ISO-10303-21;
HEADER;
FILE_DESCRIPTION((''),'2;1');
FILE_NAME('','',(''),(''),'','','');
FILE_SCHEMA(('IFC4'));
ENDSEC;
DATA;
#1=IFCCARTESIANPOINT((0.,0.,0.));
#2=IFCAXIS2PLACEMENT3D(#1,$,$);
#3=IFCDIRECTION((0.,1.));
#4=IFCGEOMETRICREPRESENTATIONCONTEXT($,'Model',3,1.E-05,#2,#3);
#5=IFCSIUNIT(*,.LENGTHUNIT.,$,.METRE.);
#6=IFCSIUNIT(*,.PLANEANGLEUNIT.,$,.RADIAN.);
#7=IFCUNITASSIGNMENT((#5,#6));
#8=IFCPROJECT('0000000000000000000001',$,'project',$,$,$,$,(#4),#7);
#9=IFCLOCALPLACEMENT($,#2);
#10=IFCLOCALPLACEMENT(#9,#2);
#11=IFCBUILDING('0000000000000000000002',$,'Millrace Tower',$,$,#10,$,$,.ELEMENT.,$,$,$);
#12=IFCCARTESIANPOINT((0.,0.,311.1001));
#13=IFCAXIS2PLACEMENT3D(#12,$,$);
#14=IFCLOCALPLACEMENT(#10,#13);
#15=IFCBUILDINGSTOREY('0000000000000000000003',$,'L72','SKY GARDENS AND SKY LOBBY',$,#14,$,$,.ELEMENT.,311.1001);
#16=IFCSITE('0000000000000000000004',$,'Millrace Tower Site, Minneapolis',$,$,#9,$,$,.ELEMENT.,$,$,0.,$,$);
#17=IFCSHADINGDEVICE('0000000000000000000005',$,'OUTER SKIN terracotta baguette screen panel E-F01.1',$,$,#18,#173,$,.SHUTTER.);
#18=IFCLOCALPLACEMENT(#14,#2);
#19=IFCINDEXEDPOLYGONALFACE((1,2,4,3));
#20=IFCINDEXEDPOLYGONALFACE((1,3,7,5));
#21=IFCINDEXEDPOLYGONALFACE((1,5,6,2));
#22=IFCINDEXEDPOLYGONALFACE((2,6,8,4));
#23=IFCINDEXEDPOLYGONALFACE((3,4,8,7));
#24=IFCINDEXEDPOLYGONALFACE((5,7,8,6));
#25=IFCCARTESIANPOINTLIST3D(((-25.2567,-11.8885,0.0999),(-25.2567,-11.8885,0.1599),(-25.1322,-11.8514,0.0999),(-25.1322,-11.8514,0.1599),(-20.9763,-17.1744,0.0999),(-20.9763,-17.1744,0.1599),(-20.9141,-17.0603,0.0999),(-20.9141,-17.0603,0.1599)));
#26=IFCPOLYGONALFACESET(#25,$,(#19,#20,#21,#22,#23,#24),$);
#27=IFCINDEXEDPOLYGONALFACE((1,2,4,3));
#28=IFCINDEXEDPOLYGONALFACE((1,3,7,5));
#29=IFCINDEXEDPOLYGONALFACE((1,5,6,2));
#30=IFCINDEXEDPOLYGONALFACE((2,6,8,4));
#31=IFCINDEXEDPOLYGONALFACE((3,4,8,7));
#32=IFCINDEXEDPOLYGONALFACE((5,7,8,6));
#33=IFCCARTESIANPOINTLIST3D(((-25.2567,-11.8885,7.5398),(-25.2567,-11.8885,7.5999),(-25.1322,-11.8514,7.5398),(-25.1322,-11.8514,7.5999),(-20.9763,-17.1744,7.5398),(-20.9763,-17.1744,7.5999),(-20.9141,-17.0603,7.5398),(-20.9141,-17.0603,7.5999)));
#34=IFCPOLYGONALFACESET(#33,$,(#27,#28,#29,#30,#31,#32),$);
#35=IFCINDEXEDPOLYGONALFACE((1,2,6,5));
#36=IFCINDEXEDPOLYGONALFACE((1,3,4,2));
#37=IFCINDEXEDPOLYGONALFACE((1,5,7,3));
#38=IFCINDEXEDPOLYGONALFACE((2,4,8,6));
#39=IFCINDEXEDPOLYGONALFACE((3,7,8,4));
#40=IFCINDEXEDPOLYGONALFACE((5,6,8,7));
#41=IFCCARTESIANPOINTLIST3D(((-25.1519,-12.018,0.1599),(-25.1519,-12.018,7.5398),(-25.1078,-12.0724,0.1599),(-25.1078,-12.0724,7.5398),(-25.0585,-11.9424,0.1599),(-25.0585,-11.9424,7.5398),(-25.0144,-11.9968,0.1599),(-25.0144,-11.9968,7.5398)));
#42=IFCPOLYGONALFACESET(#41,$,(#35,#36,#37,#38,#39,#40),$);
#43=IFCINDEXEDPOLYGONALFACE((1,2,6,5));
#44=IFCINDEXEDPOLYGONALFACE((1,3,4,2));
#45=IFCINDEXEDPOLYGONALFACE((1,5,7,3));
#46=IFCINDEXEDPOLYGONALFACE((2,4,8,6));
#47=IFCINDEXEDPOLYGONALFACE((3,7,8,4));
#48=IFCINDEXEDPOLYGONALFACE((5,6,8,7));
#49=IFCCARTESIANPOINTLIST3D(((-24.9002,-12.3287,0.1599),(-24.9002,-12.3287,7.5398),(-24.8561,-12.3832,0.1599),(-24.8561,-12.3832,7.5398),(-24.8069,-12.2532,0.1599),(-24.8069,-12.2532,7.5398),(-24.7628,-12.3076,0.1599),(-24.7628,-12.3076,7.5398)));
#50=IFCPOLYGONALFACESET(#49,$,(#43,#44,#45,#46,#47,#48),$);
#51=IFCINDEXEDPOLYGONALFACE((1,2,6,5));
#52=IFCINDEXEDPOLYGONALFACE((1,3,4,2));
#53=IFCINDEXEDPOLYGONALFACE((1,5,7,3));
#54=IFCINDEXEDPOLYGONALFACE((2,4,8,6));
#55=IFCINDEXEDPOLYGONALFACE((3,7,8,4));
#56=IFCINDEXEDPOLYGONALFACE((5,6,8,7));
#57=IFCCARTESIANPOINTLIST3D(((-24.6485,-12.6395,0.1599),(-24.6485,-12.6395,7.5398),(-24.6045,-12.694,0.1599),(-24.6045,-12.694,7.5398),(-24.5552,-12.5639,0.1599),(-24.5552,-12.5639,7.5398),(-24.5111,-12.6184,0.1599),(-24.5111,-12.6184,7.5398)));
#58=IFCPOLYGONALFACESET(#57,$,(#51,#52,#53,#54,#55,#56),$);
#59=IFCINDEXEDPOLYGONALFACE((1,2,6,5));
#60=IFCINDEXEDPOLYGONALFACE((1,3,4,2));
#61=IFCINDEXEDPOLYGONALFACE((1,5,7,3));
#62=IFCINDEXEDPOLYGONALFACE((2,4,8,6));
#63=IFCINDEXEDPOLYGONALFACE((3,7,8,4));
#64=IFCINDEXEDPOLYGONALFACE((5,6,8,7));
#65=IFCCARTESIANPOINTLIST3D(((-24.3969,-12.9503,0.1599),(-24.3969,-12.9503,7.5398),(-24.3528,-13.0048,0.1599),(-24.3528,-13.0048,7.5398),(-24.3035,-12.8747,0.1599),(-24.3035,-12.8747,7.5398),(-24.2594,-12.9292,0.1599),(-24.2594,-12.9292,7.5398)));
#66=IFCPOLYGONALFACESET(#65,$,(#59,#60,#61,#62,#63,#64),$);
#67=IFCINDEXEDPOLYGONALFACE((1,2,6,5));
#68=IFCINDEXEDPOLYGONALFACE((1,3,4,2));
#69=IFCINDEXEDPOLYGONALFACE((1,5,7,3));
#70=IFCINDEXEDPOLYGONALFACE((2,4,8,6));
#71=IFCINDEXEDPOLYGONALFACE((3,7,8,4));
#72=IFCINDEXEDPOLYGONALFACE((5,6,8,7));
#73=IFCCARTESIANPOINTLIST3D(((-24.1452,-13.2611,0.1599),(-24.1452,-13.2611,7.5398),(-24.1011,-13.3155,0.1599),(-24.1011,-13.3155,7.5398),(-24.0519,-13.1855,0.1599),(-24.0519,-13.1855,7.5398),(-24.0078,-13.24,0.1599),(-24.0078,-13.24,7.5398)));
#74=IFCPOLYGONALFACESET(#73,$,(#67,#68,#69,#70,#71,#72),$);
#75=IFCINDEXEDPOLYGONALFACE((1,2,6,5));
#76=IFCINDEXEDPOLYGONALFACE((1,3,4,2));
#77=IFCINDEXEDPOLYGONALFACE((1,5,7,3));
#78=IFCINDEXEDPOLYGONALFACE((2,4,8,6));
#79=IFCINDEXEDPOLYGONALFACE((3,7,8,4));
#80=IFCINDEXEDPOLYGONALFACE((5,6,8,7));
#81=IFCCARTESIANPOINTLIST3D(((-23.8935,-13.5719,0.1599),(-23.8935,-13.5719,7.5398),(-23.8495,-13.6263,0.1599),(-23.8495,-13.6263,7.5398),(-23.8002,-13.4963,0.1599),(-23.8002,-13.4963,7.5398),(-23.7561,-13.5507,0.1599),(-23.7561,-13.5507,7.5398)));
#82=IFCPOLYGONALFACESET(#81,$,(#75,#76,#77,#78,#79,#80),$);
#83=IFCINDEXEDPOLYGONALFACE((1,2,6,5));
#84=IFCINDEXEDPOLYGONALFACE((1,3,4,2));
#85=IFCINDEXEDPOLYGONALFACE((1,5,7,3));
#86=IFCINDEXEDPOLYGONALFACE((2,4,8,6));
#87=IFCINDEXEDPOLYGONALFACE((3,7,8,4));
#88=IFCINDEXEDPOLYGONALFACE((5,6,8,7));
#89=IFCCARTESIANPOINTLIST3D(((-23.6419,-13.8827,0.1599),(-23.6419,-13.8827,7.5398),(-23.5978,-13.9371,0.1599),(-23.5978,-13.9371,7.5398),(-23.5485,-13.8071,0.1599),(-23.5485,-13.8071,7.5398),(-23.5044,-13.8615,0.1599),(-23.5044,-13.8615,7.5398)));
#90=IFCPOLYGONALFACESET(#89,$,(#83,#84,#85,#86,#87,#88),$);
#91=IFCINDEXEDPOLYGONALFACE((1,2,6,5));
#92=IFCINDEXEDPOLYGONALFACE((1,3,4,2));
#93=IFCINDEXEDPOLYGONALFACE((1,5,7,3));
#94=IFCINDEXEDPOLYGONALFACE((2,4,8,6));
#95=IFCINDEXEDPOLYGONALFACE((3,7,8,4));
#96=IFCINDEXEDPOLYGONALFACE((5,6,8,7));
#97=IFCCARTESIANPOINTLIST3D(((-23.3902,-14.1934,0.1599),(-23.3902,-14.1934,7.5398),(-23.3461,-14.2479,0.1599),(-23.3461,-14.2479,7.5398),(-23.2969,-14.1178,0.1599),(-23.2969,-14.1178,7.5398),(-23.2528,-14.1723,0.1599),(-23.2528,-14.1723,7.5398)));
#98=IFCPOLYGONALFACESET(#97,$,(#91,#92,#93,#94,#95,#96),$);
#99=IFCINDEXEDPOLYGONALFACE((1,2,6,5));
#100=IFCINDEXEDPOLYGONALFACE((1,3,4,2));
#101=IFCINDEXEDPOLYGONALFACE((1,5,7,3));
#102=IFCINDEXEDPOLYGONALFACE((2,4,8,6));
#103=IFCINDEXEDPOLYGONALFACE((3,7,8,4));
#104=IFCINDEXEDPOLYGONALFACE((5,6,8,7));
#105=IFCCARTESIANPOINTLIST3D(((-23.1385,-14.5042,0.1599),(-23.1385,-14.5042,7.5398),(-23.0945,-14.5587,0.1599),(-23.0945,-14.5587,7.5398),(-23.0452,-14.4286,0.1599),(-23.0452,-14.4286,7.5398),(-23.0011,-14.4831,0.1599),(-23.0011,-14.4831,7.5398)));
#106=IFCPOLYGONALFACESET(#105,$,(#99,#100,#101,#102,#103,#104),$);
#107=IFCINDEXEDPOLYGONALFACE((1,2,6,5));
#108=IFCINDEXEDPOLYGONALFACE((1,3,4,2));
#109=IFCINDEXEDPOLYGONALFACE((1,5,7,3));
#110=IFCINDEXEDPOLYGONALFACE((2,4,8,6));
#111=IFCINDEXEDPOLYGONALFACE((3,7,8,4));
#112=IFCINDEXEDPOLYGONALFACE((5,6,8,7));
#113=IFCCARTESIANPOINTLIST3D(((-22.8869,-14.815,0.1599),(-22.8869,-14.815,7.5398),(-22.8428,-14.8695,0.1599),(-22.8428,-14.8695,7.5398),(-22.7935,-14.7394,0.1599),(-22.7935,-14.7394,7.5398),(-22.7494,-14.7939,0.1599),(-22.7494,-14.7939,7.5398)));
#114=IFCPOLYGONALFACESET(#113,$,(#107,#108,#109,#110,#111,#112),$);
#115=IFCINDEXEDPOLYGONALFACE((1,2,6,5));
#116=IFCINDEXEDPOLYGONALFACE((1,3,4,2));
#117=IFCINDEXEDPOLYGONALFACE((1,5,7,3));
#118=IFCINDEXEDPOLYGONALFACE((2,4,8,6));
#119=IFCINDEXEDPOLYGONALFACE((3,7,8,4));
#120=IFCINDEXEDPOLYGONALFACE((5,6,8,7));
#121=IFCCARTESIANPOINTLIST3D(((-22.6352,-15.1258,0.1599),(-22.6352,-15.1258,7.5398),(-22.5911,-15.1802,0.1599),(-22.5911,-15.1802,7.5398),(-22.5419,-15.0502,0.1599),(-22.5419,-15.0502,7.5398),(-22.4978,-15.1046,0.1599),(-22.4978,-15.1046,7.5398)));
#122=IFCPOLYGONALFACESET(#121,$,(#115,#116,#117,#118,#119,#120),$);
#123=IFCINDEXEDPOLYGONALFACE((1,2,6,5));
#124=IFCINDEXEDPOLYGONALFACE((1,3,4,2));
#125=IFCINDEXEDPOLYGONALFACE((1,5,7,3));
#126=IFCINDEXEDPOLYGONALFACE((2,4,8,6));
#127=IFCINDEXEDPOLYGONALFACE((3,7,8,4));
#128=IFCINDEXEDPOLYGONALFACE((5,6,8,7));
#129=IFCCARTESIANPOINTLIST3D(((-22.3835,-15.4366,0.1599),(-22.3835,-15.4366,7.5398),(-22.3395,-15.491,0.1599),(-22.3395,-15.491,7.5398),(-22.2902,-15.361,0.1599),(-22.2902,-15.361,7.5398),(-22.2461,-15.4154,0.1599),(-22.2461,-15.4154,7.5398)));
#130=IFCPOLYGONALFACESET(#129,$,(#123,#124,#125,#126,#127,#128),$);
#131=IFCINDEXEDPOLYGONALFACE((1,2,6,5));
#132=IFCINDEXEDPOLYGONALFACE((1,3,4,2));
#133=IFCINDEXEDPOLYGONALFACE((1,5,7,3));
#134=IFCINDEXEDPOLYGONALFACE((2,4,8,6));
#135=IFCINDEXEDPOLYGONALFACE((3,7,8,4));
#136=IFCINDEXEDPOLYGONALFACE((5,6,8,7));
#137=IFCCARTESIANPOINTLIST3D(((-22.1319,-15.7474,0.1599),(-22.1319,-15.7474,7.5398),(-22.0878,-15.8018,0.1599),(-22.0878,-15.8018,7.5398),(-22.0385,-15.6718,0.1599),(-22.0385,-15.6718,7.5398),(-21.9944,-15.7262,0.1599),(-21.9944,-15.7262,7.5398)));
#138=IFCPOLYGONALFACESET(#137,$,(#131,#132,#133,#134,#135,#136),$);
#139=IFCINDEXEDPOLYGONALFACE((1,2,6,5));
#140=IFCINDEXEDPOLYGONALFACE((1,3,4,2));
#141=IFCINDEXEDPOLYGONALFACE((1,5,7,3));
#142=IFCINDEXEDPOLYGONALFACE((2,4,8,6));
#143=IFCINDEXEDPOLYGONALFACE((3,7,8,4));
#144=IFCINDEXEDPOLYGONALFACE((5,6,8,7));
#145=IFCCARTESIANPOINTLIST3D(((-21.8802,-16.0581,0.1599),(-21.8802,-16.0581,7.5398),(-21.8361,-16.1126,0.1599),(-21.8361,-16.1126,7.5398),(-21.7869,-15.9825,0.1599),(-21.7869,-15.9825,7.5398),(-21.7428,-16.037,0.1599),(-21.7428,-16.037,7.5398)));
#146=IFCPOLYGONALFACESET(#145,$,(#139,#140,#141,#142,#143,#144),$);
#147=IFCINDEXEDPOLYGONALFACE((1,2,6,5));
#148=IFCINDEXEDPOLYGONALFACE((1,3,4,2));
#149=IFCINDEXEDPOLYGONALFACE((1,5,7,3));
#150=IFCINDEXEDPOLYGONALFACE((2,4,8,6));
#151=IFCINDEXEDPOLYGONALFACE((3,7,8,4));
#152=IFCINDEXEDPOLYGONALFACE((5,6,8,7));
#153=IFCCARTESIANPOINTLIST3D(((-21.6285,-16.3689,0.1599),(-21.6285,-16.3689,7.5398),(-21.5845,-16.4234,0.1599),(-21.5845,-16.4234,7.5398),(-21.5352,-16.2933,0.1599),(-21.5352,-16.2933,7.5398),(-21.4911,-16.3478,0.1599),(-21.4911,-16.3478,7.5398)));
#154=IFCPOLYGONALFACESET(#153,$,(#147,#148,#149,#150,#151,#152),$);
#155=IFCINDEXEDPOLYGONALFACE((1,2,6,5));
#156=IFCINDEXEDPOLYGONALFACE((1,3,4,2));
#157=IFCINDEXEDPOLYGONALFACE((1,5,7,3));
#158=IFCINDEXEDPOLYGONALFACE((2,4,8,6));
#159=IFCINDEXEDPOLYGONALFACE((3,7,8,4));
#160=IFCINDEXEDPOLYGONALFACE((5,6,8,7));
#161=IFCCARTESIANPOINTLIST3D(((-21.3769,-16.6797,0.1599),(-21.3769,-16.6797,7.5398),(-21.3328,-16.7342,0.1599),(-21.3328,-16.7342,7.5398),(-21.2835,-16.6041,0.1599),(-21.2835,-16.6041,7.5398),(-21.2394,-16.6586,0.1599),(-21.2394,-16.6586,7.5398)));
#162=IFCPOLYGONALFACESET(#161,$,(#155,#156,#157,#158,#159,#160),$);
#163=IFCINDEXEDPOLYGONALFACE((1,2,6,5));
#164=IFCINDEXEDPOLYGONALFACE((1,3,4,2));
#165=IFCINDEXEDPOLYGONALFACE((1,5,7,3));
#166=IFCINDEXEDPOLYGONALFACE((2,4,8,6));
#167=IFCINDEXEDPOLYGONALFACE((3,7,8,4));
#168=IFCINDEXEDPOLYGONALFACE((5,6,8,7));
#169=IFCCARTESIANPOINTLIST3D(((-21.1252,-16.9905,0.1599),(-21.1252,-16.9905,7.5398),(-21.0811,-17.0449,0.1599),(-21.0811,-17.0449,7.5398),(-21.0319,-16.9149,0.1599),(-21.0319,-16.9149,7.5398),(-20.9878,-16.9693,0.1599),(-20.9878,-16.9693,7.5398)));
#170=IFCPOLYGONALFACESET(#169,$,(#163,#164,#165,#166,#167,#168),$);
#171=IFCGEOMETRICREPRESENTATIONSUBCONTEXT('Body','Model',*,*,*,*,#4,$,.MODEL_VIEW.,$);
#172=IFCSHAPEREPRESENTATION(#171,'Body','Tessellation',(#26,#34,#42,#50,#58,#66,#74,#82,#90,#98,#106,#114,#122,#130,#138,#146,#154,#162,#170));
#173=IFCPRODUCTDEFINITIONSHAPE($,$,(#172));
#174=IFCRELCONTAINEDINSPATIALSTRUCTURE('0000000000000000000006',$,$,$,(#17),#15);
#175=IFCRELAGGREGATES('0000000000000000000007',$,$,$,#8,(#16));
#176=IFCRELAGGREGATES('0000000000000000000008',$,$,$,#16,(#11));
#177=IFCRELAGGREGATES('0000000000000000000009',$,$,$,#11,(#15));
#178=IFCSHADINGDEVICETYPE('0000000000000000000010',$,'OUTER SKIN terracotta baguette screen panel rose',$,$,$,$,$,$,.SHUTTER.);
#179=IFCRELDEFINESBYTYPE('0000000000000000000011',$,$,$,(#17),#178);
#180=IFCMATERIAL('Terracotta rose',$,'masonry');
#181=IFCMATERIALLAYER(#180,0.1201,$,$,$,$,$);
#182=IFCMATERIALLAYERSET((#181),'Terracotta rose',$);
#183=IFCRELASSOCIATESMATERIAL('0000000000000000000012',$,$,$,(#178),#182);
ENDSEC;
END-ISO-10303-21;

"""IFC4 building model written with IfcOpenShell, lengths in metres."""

from ifc_helpers import new_model, entity, si_unit, direction, frame, frame_2d, origin, origin_2d, place, context, subcontext, project, spatial, rectangle, extrude, source, transform, mapped, material, layer, layer_set, type_object, element, save


model = new_model("IFC4")

# Units and contexts
model_context = context("Model", 3, precision=1e-05, world=origin(), true_north=direction((0.0, 1.0)))
body_context = subcontext(model_context, "Body", "Model", "MODEL_VIEW")
ifc_project = project(units=[si_unit("LENGTHUNIT", "METRE"), si_unit("PLANEANGLEUNIT", "RADIAN")], contexts=[model_context])

# Site, building, storey
site_placement = place(None, origin())
site = spatial("IfcSite", under=ifc_project, at=site_placement, Name="Millrace Tower Site, Minneapolis", CompositionType="ELEMENT", RefElevation=0.0)
building_placement = place(site_placement, origin())
building = spatial("IfcBuilding", under=site, at=building_placement, Name="Millrace Tower", CompositionType="ELEMENT")
storey_placement = place(building_placement, frame((0.0, 0.0, 311.1001)))
storey = spatial("IfcBuildingStorey", under=building, at=storey_placement, Name="L72", Description="SKY GARDENS AND SKY LOBBY", CompositionType="ELEMENT", Elevation=311.1001)

# Shading device
ifc_material_1 = material(Name="Terracotta rose", Category="masonry")
ifc_layer_1 = layer(ifc_material_1, 0.1201)
ifc_layer_set_1 = layer_set([ifc_layer_1], Name="Terracotta rose")
shading_device_type = type_object("IfcShadingDeviceType", Name="OUTER SKIN terracotta baguette screen panel rose", PredefinedType="SHUTTER", material=ifc_layer_set_1)
cartesian_point_1 = entity("IfcCartesianPoint", [-3.3513, 0.0601])
shared_polyline_1 = entity("IfcPolyline", [cartesian_point_1, entity("IfcCartesianPoint", [3.3513, 0.0601]), entity("IfcCartesianPoint", [3.4009, -0.0601]), entity("IfcCartesianPoint", [-3.4009, -0.0601]), cartesian_point_1])
shared_shape_1 = source(origin(), body_context, "Body", "SweptSolid", [
    entity("IfcExtrudedAreaSolid", entity("IfcArbitraryClosedProfileDef", "AREA", None, shared_polyline_1), entity("IfcAxis2Placement3D", entity("IfcCartesianPoint", [0.0, 0.0, 0.0])), entity("IfcDirection", [0.0, 0.0, 1.0]), 0.0601),
    entity("IfcExtrudedAreaSolid", entity("IfcArbitraryClosedProfileDef", "AREA", None, shared_polyline_1), entity("IfcAxis2Placement3D", entity("IfcCartesianPoint", [0.0, 0.0, 7.4399])), entity("IfcDirection", [0.0, 0.0, 1.0]), 0.0601),
    extrude(rectangle(XDim=0.0701, YDim=0.1201, at=frame_2d((-3.1992, 0.0))), frame((0.0, 0.0, 0.0601)), (0.0, 0.0, 1.0), 7.3799),
    extrude(rectangle(XDim=0.0701, YDim=0.1201, at=frame_2d((-2.7993, 0.0))), frame((0.0, 0.0, 0.0601)), (0.0, 0.0, 1.0), 7.3799),
    extrude(rectangle(XDim=0.0701, YDim=0.1201, at=frame_2d((-2.3994, 0.0))), frame((0.0, 0.0, 0.0601)), (0.0, 0.0, 1.0), 7.3799),
    extrude(rectangle(XDim=0.0701, YDim=0.1201, at=frame_2d((-1.9995, 0.0))), frame((0.0, 0.0, 0.0601)), (0.0, 0.0, 1.0), 7.3799),
    extrude(rectangle(XDim=0.0701, YDim=0.1201, at=frame_2d((-1.5996, 0.0))), frame((0.0, 0.0, 0.0601)), (0.0, 0.0, 1.0), 7.3799),
    extrude(rectangle(XDim=0.0701, YDim=0.1201, at=frame_2d((-1.1997, 0.0))), frame((0.0, 0.0, 0.0601)), (0.0, 0.0, 1.0), 7.3799),
    extrude(rectangle(XDim=0.0701, YDim=0.1201, at=frame_2d((-0.7998, 0.0))), frame((0.0, 0.0, 0.0601)), (0.0, 0.0, 1.0), 7.3799),
    extrude(rectangle(XDim=0.0701, YDim=0.1201, at=frame_2d((-0.3999, 0.0))), frame((0.0, 0.0, 0.0601)), (0.0, 0.0, 1.0), 7.3799),
    extrude(rectangle(XDim=0.0701, YDim=0.1201, at=origin_2d()), frame((0.0, 0.0, 0.0601)), (0.0, 0.0, 1.0), 7.3799),
    extrude(rectangle(XDim=0.0701, YDim=0.1201, at=frame_2d((0.3999, 0.0))), frame((0.0, 0.0, 0.0601)), (0.0, 0.0, 1.0), 7.3799),
    extrude(rectangle(XDim=0.0701, YDim=0.1201, at=frame_2d((0.7998, 0.0))), frame((0.0, 0.0, 0.0601)), (0.0, 0.0, 1.0), 7.3799),
    extrude(rectangle(XDim=0.0701, YDim=0.1201, at=frame_2d((1.1997, 0.0))), frame((0.0, 0.0, 0.0601)), (0.0, 0.0, 1.0), 7.3799),
    extrude(rectangle(XDim=0.0701, YDim=0.1201, at=frame_2d((1.5996, 0.0))), frame((0.0, 0.0, 0.0601)), (0.0, 0.0, 1.0), 7.3799),
    extrude(rectangle(XDim=0.0701, YDim=0.1201, at=frame_2d((1.9995, 0.0))), frame((0.0, 0.0, 0.0601)), (0.0, 0.0, 1.0), 7.3799),
    extrude(rectangle(XDim=0.0701, YDim=0.1201, at=frame_2d((2.3994, 0.0))), frame((0.0, 0.0, 0.0601)), (0.0, 0.0, 1.0), 7.3799),
    extrude(rectangle(XDim=0.0701, YDim=0.1201, at=frame_2d((2.7993, 0.0))), frame((0.0, 0.0, 0.0601)), (0.0, 0.0, 1.0), 7.3799),
    extrude(rectangle(XDim=0.0701, YDim=0.1201, at=frame_2d((3.1992, 0.0))), frame((0.0, 0.0, 0.0601)), (0.0, 0.0, 1.0), 7.3799),
])
shading_device_1_placement = place(storey_placement, frame((-23.0698, -14.4937, 0.0999), z_axis=(0.0, 0.0, 1.0), x_axis=(0.62932, -0.777146, 0.0)))
element("IfcShadingDevice", 1, at=shading_device_1_placement, inside=storey, type_object=shading_device_type, Name="OUTER SKIN terracotta baguette screen panel E-F01.1", PredefinedType="SHUTTER", context=body_context, shape_type="MappedRepresentation", body=[
    mapped(shared_shape_1, transform((0.0, 0.0, 0.0), scale=1.0)),
])

save(model, "model.ifc")
